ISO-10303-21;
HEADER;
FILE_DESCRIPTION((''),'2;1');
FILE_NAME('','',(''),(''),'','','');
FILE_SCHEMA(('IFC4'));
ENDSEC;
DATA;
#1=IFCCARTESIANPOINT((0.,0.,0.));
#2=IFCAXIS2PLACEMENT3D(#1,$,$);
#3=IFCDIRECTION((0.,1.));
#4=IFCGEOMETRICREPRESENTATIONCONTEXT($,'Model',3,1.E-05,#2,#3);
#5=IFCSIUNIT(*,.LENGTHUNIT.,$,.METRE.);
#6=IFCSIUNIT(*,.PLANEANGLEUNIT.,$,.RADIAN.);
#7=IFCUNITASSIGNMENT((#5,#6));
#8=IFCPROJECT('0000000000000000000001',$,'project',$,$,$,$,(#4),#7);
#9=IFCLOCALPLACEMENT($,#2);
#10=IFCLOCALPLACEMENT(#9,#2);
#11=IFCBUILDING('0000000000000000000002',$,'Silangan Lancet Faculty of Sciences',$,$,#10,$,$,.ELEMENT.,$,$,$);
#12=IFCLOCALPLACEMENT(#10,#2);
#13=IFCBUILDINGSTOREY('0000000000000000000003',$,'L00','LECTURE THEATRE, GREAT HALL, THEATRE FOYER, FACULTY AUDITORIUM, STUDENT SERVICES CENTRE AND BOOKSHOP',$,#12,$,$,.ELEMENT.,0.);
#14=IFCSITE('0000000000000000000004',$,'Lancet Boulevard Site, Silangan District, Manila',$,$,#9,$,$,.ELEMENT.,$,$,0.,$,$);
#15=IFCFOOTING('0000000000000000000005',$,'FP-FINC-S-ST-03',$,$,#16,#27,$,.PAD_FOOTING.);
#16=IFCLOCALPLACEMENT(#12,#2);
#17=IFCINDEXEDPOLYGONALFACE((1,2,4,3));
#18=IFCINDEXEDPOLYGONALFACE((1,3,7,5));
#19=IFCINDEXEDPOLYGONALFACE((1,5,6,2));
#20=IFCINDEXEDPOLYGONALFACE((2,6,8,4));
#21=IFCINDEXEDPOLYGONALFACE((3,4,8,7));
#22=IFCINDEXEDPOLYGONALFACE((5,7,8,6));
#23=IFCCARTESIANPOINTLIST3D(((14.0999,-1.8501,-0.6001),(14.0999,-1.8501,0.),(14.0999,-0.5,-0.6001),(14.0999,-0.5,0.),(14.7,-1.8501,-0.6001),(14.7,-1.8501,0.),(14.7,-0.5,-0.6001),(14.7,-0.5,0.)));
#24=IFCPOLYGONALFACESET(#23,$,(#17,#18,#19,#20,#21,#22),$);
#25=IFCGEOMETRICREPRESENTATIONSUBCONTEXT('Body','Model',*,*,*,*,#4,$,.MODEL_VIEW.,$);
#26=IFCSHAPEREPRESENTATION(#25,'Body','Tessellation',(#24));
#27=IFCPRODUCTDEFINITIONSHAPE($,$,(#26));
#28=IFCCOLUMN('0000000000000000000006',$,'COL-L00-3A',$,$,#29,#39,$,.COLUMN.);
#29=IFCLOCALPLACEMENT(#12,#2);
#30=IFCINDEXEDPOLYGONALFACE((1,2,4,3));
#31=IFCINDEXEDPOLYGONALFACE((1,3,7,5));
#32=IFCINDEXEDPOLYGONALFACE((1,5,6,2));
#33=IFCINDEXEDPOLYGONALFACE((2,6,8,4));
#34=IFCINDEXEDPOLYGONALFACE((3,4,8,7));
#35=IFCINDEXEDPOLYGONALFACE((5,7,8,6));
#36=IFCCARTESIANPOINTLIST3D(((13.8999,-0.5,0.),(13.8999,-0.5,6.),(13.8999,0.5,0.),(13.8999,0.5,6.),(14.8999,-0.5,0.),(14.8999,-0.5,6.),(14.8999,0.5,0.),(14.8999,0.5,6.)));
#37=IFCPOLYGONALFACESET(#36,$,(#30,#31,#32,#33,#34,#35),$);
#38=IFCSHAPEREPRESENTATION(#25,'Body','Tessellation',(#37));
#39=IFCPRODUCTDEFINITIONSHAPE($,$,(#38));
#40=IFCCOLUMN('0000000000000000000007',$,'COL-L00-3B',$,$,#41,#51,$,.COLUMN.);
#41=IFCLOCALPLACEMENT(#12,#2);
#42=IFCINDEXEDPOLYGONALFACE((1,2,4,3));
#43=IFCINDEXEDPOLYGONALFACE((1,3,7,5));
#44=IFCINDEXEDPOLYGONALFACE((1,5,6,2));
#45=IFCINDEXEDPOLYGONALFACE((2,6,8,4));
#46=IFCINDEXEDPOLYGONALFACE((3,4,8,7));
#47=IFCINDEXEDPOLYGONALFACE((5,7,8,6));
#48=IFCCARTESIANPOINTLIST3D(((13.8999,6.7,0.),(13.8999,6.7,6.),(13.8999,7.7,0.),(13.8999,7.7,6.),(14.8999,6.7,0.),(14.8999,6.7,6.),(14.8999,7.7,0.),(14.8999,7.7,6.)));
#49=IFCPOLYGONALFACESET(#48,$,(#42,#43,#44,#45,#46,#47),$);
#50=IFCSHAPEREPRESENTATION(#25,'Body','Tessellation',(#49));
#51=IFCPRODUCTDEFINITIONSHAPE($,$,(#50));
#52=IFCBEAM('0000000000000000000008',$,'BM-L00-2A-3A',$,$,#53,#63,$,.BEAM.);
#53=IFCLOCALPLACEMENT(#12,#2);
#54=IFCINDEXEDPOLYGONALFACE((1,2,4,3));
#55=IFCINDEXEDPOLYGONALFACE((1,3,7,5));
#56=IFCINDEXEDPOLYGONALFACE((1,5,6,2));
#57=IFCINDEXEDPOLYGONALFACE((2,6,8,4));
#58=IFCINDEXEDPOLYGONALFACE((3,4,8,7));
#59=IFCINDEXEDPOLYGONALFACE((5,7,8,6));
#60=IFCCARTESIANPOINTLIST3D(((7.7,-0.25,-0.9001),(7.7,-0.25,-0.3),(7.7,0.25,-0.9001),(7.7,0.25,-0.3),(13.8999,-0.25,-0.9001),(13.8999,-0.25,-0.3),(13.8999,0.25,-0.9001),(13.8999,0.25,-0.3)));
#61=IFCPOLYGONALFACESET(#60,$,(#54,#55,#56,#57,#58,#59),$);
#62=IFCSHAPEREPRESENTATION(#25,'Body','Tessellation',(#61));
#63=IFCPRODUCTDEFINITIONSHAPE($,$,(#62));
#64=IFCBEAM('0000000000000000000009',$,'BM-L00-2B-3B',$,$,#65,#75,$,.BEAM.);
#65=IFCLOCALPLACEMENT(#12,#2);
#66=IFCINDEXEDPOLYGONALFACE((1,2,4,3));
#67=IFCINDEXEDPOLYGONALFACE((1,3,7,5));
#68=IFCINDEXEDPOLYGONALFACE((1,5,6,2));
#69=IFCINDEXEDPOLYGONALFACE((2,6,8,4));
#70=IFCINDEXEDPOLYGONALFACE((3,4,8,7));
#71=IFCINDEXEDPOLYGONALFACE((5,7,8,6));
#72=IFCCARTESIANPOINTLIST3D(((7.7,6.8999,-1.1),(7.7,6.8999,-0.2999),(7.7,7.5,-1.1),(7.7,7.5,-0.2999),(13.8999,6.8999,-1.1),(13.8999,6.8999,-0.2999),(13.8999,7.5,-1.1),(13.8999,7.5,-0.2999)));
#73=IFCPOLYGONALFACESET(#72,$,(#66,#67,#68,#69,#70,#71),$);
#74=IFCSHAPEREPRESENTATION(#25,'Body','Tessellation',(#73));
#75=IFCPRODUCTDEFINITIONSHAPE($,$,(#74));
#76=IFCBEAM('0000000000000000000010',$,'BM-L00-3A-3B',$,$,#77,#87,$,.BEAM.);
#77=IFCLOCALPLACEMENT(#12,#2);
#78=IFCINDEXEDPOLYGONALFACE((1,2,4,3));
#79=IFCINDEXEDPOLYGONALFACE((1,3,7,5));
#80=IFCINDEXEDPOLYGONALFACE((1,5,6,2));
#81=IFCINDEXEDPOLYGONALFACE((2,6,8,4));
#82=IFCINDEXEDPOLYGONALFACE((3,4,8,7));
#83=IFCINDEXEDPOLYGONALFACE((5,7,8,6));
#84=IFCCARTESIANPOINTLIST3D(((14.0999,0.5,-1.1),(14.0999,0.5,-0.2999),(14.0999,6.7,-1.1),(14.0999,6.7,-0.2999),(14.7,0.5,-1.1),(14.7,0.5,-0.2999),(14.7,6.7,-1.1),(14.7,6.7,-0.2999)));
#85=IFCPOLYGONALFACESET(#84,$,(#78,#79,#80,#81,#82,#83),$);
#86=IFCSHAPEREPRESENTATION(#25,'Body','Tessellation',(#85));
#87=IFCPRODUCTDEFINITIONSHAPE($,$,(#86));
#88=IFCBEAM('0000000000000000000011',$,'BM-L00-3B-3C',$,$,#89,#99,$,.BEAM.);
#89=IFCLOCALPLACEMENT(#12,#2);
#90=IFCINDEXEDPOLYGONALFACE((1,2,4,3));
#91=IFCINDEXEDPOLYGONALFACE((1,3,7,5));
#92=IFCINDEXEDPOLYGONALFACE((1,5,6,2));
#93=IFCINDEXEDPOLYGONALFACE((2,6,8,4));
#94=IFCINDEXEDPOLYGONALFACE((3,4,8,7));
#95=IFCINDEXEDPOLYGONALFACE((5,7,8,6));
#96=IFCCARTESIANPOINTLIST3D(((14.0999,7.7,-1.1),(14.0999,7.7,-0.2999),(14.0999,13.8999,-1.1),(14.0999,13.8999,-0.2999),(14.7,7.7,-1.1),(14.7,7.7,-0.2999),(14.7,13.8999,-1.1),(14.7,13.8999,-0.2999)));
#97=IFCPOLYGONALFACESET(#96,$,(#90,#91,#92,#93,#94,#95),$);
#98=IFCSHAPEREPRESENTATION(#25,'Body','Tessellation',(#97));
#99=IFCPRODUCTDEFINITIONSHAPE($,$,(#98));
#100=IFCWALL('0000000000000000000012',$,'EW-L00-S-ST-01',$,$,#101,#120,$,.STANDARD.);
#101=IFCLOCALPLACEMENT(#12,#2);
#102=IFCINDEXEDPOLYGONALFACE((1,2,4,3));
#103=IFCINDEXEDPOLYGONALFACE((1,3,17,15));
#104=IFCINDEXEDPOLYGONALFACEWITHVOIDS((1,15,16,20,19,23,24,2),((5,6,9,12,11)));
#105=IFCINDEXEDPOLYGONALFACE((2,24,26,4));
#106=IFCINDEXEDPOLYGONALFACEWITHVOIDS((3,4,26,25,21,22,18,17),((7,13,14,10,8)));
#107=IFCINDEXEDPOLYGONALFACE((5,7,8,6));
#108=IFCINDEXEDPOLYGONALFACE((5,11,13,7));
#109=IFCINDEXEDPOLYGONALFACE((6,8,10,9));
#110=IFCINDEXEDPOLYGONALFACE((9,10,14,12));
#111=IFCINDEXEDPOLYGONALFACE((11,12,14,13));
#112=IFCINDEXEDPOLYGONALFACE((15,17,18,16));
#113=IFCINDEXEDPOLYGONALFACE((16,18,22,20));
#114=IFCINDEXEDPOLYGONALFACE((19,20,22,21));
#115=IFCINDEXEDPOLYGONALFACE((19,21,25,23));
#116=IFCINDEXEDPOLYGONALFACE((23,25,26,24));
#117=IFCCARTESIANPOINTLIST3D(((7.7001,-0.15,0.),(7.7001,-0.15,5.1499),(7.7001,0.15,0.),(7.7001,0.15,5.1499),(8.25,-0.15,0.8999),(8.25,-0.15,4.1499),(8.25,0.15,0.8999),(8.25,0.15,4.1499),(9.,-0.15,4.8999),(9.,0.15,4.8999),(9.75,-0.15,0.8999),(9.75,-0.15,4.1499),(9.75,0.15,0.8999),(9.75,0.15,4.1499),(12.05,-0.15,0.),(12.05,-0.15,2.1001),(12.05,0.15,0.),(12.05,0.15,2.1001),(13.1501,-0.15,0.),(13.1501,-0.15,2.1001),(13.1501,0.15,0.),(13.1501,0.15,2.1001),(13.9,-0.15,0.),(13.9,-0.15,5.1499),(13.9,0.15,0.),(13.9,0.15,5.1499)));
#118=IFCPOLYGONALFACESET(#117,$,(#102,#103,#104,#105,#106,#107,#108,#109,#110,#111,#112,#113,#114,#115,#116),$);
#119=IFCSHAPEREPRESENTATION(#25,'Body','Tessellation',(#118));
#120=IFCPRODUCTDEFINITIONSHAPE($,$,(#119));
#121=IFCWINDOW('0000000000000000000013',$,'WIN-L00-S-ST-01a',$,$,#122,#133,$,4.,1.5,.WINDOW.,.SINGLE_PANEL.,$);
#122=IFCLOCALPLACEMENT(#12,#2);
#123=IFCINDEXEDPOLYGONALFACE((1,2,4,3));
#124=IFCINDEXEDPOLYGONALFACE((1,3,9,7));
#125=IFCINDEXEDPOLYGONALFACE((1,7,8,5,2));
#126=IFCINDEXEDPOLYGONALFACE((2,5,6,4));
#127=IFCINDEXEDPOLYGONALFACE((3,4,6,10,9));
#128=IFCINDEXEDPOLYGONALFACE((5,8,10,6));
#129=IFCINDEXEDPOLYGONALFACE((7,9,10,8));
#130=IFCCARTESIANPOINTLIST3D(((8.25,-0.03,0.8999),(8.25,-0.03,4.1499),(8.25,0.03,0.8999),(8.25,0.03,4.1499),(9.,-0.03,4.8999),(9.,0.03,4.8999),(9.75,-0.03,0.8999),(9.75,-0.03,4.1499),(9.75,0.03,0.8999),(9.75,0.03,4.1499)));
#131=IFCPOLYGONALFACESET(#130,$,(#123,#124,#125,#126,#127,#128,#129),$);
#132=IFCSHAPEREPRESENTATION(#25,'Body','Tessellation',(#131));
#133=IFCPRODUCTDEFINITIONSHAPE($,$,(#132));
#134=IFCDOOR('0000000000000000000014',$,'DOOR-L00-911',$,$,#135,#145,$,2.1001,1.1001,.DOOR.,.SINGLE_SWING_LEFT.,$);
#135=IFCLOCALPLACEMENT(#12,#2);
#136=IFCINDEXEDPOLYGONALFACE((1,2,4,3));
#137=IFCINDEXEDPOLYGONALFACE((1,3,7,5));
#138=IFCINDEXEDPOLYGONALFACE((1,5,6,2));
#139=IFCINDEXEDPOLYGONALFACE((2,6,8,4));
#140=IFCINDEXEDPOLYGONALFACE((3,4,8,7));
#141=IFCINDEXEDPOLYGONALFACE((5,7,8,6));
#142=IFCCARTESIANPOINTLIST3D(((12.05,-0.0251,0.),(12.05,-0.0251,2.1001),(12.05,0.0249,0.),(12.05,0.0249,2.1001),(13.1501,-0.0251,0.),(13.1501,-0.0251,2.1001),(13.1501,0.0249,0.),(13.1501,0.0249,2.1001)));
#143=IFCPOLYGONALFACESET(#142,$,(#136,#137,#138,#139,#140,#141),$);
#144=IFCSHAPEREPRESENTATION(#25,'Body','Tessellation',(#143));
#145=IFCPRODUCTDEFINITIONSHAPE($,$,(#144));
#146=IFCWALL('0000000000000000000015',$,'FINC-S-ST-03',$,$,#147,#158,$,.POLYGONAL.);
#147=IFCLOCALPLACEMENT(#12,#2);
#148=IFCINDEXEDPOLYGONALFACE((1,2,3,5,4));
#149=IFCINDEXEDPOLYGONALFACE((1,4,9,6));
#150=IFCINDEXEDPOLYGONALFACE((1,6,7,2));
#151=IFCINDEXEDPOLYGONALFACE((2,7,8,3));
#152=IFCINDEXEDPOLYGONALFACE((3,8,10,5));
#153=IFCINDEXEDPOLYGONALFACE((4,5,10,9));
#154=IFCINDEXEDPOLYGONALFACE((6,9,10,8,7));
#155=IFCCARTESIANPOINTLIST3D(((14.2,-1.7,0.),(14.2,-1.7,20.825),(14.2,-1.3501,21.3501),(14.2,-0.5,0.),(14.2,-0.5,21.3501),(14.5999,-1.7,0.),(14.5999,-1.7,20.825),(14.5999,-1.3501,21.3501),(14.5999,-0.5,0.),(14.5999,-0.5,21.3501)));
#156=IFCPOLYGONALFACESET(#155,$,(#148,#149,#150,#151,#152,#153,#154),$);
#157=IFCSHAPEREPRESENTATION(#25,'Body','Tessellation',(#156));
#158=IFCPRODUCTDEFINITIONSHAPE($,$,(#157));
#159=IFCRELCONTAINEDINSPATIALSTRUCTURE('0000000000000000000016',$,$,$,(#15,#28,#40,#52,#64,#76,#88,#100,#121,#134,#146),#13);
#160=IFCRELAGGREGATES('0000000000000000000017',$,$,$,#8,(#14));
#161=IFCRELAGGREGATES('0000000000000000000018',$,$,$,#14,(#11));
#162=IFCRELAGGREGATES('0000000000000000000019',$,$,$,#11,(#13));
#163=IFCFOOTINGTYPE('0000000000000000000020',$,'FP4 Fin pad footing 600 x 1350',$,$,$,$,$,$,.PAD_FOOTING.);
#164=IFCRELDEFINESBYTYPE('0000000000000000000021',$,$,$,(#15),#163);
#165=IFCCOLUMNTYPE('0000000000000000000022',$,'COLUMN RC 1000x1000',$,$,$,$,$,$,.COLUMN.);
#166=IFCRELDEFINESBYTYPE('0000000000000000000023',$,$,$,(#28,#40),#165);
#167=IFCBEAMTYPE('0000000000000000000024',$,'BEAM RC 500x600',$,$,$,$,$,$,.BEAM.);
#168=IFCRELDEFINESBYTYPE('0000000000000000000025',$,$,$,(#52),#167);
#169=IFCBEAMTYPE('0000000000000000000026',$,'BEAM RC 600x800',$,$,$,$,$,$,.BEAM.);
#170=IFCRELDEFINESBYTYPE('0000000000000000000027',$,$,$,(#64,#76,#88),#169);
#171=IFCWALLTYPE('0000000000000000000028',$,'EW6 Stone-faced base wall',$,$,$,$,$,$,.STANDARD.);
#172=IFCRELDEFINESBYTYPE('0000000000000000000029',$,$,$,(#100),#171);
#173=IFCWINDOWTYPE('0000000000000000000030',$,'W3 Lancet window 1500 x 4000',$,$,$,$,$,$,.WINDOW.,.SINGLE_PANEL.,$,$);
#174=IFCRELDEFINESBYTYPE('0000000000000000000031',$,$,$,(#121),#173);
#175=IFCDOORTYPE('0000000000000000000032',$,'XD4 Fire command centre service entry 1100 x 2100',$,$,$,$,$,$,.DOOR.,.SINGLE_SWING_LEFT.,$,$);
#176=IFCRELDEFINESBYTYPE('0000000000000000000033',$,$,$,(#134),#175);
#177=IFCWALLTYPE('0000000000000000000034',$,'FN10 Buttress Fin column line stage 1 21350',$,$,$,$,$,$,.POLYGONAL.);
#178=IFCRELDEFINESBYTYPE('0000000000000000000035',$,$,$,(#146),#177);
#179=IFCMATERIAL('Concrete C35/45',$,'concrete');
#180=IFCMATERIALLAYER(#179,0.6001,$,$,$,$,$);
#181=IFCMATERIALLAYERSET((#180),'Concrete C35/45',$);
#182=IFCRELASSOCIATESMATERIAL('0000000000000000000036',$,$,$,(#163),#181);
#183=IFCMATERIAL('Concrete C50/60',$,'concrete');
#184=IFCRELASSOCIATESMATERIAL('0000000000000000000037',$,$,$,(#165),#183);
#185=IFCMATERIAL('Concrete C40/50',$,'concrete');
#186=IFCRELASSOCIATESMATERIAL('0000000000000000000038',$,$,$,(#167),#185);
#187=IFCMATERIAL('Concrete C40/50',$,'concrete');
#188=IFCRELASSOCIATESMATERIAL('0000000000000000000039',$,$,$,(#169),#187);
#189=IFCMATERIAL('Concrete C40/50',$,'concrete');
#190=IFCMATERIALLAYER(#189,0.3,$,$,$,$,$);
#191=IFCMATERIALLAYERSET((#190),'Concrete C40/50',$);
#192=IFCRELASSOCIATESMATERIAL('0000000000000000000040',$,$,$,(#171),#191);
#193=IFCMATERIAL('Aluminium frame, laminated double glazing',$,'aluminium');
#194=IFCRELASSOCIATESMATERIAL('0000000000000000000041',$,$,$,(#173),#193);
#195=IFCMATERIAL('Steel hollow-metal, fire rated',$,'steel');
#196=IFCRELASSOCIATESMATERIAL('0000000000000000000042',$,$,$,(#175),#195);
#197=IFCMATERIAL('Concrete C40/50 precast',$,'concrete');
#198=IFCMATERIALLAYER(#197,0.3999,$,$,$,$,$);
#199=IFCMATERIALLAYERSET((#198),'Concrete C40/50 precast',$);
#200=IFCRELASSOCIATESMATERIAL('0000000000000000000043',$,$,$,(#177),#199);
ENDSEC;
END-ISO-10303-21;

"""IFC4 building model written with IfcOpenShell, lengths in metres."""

from ifc_helpers import new_model, si_unit, direction, frame, frame_2d, origin, origin_2d, place, context, subcontext, project, spatial, polyline, rectangle, outline, extrude, material, layer, layer_set, material_profile, profile_set, type_object, element, fill, save


model = new_model("IFC4")

# Units and contexts
model_context = context("Model", 3, precision=1e-05, world=origin(), true_north=direction((0.0, 1.0)))
body_context = subcontext(model_context, "Body", "Model", "MODEL_VIEW")
ifc_project = project(units=[si_unit("LENGTHUNIT", "METRE"), si_unit("PLANEANGLEUNIT", "RADIAN")], contexts=[model_context])

# Site, building, storey
site_placement = place(None, origin())
site = spatial("IfcSite", under=ifc_project, at=site_placement, Name="Lancet Boulevard Site, Silangan District, Manila", CompositionType="ELEMENT", RefElevation=0.0)
building_placement = place(site_placement, origin())
building = spatial("IfcBuilding", under=site, at=building_placement, Name="Silangan Lancet Faculty of Sciences", CompositionType="ELEMENT")
storey_placement = place(building_placement, origin())
storey = spatial("IfcBuildingStorey", under=building, at=storey_placement, Name="L00", Description="LECTURE THEATRE, GREAT HALL, THEATRE FOYER, FACULTY AUDITORIUM, STUDENT SERVICES CENTRE AND BOOKSHOP", CompositionType="ELEMENT", Elevation=0.0)

# Footing
ifc_material_1 = material(Name="Concrete C35/45", Category="concrete")
ifc_layer_1 = layer(ifc_material_1, 0.6001)
ifc_layer_set_1 = layer_set([ifc_layer_1], Name="Concrete C35/45")
footing_type = type_object("IfcFootingType", Name="FP4 Fin pad footing 600 x 1350", PredefinedType="PAD_FOOTING", material=ifc_layer_set_1)
footing_placement = place(storey_placement, frame((14.3999, -1.175, -0.6001), z_axis=(0.0, 0.0, 1.0), x_axis=(1.0, 0.0, 0.0)))
element("IfcFooting", 1, at=footing_placement, inside=storey, type_object=footing_type, Name="FP-FINC-S-ST-03", PredefinedType="PAD_FOOTING", context=body_context, shape_type="SweptSolid", body=[
    extrude(rectangle(XDim=0.6001, YDim=1.3501, at=origin_2d()), origin(), (0.0, 0.0, 1.0), 0.6001),
])

# Columns
ifc_material_2 = material(Name="Concrete C50/60", Category="concrete")
ifc_material_profile_1 = material_profile(ifc_material_2, rectangle(XDim=1.0, YDim=1.0, at=origin_2d()), Name="RC 1000x1000")
ifc_profile_set_1 = profile_set([ifc_material_profile_1], Name="Concrete C50/60")
column_type = type_object("IfcColumnType", Name="COLUMN RC 1000x1000", PredefinedType="COLUMN", material=ifc_profile_set_1)
for number, where, z_axis, x_axis, name in (
    (2, (14.3999, 0.0, 0.0), (0.0, 0.0, 1.0), (1.0, 0.0, 0.0), "COL-L00-3A"),
    (3, (14.3999, 7.2, 0.0), (0.0, 0.0, 1.0), (1.0, 0.0, 0.0), "COL-L00-3B"),
):
    element("IfcColumn", number, at=place(storey_placement, frame(where, z_axis=z_axis, x_axis=x_axis)), inside=storey, type_object=column_type, Name=name, PredefinedType="COLUMN", context=body_context, shape_type="SweptSolid", body=[
        extrude(rectangle(XDim=1.0, YDim=1.0, at=origin_2d()), origin(), (0.0, 0.0, 1.0), 6.0),
    ])

# Beams
ifc_material_3 = material(Name="Concrete C40/50", Category="concrete")
ifc_material_profile_2 = material_profile(ifc_material_3, rectangle(XDim=0.5, YDim=0.6001, at=origin_2d()), Name="RC 500x600")
ifc_profile_set_2 = profile_set([ifc_material_profile_2], Name="Concrete C40/50")
beam_type_1 = type_object("IfcBeamType", Name="BEAM RC 500x600", PredefinedType="BEAM", material=ifc_profile_set_2)
beam_placement = place(storey_placement, frame((7.7, 0.0, -0.6001), z_axis=(1.0, 0.0, 0.0), x_axis=(0.0, 1.0, 0.0)))
element("IfcBeam", 4, at=beam_placement, inside=storey, type_object=beam_type_1, Name="BM-L00-2A-3A", PredefinedType="BEAM", context=body_context, shape_type="SweptSolid", body=[
    extrude(rectangle(XDim=0.5, YDim=0.6001, at=origin_2d()), origin(), (0.0, 0.0, 1.0), 6.2),
])
ifc_material_4 = material(Name="Concrete C40/50", Category="concrete")
ifc_material_profile_3 = material_profile(ifc_material_4, rectangle(XDim=0.6001, YDim=0.8, at=origin_2d()), Name="RC 600x800")
ifc_profile_set_3 = profile_set([ifc_material_profile_3], Name="Concrete C40/50")
beam_type_2 = type_object("IfcBeamType", Name="BEAM RC 600x800", PredefinedType="BEAM", material=ifc_profile_set_3)
for number, where, z_axis, x_axis, name in (
    (5, (7.7, 7.2, -0.7), (1.0, 0.0, 0.0), (0.0, 1.0, 0.0), "BM-L00-2B-3B"),
    (6, (14.3999, 0.5, -0.7), (0.0, 1.0, 0.0), (-1.0, 0.0, 0.0), "BM-L00-3A-3B"),
    (7, (14.3999, 7.7, -0.7), (0.0, 1.0, 0.0), (-1.0, 0.0, 0.0), "BM-L00-3B-3C"),
):
    element("IfcBeam", number, at=place(storey_placement, frame(where, z_axis=z_axis, x_axis=x_axis)), inside=storey, type_object=beam_type_2, Name=name, PredefinedType="BEAM", context=body_context, shape_type="SweptSolid", body=[
        extrude(rectangle(XDim=0.6001, YDim=0.8, at=origin_2d()), origin(), (0.0, 0.0, 1.0), 6.2),
    ])

# Wall, openings, window, door
ifc_material_5 = material(Name="Concrete C40/50", Category="concrete")
ifc_layer_2 = layer(ifc_material_5, 0.3)
ifc_layer_set_2 = layer_set([ifc_layer_2], Name="Concrete C40/50")
wall_type_1 = type_object("IfcWallType", Name="EW6 Stone-faced base wall", PredefinedType="STANDARD", material=ifc_layer_set_2)
wall_1_placement = place(storey_placement, frame((7.7, 0.0, 0.0), z_axis=(0.0, 0.0, 1.0), x_axis=(1.0, 0.0, 0.0)))
wall_1 = element("IfcWall", 8, at=wall_1_placement, inside=storey, type_object=wall_type_1, Name="EW-L00-S-ST-01", PredefinedType="STANDARD", context=body_context, shape_type="SweptSolid", body=[
    extrude(rectangle(XDim=6.2, YDim=0.3, at=frame_2d((3.1001, 0.0))), origin(), (0.0, 0.0, 1.0), 5.1499),
])
opening_1_placement = place(wall_1_placement, frame((4.3501, 0.0, 0.0)))
opening_1 = element("IfcOpeningElement", 9, at=opening_1_placement, cuts=wall_1, PredefinedType="OPENING", context=body_context, shape_type="SweptSolid", body=[
    extrude(rectangle(XDim=1.1001, YDim=2.1001, at=frame_2d((0.55, 1.05))), frame((0.0, 0.1599, 0.0), z_axis=(0.0, -1.0, 0.0), x_axis=(1.0, 0.0, 0.0)), (0.0, 0.0, 1.0), 0.3201),
])
opening_2_placement = place(wall_1_placement, frame((0.55, 0.0, 0.8999)))
opening_2 = element("IfcOpeningElement", 10, at=opening_2_placement, cuts=wall_1, PredefinedType="OPENING", context=body_context, shape_type="SweptSolid", body=[
    extrude(outline(polyline([(0.0, 0.0), (1.5, 0.0), (1.5, 3.25), (0.75, 4.0), (0.0, 3.25), (0.0, 0.0)])), frame((0.0, 0.1599, 0.0), z_axis=(0.0, -1.0, 0.0), x_axis=(1.0, 0.0, 0.0)), (0.0, 0.0, 1.0), 0.3201),
])
ifc_material_6 = material(Name="Aluminium frame, laminated double glazing", Category="aluminium")
window_type = type_object("IfcWindowType", Name="W3 Lancet window 1500 x 4000", PartitioningType="SINGLE_PANEL", PredefinedType="WINDOW", material=ifc_material_6)
window_placement = place(opening_2_placement, origin())
window = element("IfcWindow", 11, at=window_placement, inside=storey, type_object=window_type, Name="WIN-L00-S-ST-01a", OverallHeight=4.0, OverallWidth=1.5, PartitioningType="SINGLE_PANEL", PredefinedType="WINDOW", context=body_context, shape_type="SweptSolid", body=[
    extrude(outline(polyline([(0.0, 0.0), (1.5, 0.0), (1.5, 3.25), (0.75, 4.0), (0.0, 3.25), (0.0, 0.0)])), frame((0.0, 0.03, 0.0), z_axis=(0.0, -1.0, 0.0), x_axis=(1.0, 0.0, 0.0)), (0.0, 0.0, 1.0), 0.0601),
])
fill(opening_2, window)
ifc_material_7 = material(Name="Steel hollow-metal, fire rated", Category="steel")
door_type_1 = type_object("IfcDoorType", Name="XD4 Fire command centre service entry 1100 x 2100", OperationType="SINGLE_SWING_LEFT", PredefinedType="DOOR", material=ifc_material_7)
door_1_placement = place(opening_1_placement, frame((1.1001, 0.0, 0.0), z_axis=(0.0, 0.0, 1.0), x_axis=(-1.0, 0.0, 0.0)))
door_1 = element("IfcDoor", 12, at=door_1_placement, inside=storey, type_object=door_type_1, Name="DOOR-L00-911", OperationType="SINGLE_SWING_LEFT", OverallHeight=2.1001, OverallWidth=1.1001, PredefinedType="DOOR", context=body_context, shape_type="SweptSolid", body=[
    extrude(rectangle(XDim=1.1001, YDim=2.1001, at=frame_2d((0.55, 1.05))), frame((0.0, 0.0251, 0.0), z_axis=(0.0, -1.0, 0.0), x_axis=(1.0, 0.0, 0.0)), (0.0, 0.0, 1.0), 0.05),
])
fill(opening_1, door_1)

# Wall
ifc_material_8 = material(Name="Concrete C40/50 precast", Category="concrete")
ifc_layer_3 = layer(ifc_material_8, 0.3999)
ifc_layer_set_3 = layer_set([ifc_layer_3], Name="Concrete C40/50 precast")
wall_type_2 = type_object("IfcWallType", Name="FN10 Buttress Fin column line stage 1 21350", PredefinedType="POLYGONAL", material=ifc_layer_set_3)
wall_2_placement = place(storey_placement, frame((14.3999, -0.5, 0.0), z_axis=(0.0, 0.0, 1.0), x_axis=(0.0, -1.0, 0.0)))
element("IfcWall", 13, at=wall_2_placement, inside=storey, type_object=wall_type_2, Name="FINC-S-ST-03", PredefinedType="POLYGONAL", context=body_context, shape_type="SweptSolid", body=[
    extrude(outline(polyline([(1.2, 0.0), (1.2, 20.825), (0.8501, 21.3501), (0.0, 21.3501), (0.0, 0.0), (1.2, 0.0)])), frame((0.0, 0.2, 0.0), z_axis=(0.0, -1.0, 0.0), x_axis=(1.0, 0.0, 0.0)), (0.0, 0.0, 1.0), 0.3999),
])

save(model, "model.ifc")
